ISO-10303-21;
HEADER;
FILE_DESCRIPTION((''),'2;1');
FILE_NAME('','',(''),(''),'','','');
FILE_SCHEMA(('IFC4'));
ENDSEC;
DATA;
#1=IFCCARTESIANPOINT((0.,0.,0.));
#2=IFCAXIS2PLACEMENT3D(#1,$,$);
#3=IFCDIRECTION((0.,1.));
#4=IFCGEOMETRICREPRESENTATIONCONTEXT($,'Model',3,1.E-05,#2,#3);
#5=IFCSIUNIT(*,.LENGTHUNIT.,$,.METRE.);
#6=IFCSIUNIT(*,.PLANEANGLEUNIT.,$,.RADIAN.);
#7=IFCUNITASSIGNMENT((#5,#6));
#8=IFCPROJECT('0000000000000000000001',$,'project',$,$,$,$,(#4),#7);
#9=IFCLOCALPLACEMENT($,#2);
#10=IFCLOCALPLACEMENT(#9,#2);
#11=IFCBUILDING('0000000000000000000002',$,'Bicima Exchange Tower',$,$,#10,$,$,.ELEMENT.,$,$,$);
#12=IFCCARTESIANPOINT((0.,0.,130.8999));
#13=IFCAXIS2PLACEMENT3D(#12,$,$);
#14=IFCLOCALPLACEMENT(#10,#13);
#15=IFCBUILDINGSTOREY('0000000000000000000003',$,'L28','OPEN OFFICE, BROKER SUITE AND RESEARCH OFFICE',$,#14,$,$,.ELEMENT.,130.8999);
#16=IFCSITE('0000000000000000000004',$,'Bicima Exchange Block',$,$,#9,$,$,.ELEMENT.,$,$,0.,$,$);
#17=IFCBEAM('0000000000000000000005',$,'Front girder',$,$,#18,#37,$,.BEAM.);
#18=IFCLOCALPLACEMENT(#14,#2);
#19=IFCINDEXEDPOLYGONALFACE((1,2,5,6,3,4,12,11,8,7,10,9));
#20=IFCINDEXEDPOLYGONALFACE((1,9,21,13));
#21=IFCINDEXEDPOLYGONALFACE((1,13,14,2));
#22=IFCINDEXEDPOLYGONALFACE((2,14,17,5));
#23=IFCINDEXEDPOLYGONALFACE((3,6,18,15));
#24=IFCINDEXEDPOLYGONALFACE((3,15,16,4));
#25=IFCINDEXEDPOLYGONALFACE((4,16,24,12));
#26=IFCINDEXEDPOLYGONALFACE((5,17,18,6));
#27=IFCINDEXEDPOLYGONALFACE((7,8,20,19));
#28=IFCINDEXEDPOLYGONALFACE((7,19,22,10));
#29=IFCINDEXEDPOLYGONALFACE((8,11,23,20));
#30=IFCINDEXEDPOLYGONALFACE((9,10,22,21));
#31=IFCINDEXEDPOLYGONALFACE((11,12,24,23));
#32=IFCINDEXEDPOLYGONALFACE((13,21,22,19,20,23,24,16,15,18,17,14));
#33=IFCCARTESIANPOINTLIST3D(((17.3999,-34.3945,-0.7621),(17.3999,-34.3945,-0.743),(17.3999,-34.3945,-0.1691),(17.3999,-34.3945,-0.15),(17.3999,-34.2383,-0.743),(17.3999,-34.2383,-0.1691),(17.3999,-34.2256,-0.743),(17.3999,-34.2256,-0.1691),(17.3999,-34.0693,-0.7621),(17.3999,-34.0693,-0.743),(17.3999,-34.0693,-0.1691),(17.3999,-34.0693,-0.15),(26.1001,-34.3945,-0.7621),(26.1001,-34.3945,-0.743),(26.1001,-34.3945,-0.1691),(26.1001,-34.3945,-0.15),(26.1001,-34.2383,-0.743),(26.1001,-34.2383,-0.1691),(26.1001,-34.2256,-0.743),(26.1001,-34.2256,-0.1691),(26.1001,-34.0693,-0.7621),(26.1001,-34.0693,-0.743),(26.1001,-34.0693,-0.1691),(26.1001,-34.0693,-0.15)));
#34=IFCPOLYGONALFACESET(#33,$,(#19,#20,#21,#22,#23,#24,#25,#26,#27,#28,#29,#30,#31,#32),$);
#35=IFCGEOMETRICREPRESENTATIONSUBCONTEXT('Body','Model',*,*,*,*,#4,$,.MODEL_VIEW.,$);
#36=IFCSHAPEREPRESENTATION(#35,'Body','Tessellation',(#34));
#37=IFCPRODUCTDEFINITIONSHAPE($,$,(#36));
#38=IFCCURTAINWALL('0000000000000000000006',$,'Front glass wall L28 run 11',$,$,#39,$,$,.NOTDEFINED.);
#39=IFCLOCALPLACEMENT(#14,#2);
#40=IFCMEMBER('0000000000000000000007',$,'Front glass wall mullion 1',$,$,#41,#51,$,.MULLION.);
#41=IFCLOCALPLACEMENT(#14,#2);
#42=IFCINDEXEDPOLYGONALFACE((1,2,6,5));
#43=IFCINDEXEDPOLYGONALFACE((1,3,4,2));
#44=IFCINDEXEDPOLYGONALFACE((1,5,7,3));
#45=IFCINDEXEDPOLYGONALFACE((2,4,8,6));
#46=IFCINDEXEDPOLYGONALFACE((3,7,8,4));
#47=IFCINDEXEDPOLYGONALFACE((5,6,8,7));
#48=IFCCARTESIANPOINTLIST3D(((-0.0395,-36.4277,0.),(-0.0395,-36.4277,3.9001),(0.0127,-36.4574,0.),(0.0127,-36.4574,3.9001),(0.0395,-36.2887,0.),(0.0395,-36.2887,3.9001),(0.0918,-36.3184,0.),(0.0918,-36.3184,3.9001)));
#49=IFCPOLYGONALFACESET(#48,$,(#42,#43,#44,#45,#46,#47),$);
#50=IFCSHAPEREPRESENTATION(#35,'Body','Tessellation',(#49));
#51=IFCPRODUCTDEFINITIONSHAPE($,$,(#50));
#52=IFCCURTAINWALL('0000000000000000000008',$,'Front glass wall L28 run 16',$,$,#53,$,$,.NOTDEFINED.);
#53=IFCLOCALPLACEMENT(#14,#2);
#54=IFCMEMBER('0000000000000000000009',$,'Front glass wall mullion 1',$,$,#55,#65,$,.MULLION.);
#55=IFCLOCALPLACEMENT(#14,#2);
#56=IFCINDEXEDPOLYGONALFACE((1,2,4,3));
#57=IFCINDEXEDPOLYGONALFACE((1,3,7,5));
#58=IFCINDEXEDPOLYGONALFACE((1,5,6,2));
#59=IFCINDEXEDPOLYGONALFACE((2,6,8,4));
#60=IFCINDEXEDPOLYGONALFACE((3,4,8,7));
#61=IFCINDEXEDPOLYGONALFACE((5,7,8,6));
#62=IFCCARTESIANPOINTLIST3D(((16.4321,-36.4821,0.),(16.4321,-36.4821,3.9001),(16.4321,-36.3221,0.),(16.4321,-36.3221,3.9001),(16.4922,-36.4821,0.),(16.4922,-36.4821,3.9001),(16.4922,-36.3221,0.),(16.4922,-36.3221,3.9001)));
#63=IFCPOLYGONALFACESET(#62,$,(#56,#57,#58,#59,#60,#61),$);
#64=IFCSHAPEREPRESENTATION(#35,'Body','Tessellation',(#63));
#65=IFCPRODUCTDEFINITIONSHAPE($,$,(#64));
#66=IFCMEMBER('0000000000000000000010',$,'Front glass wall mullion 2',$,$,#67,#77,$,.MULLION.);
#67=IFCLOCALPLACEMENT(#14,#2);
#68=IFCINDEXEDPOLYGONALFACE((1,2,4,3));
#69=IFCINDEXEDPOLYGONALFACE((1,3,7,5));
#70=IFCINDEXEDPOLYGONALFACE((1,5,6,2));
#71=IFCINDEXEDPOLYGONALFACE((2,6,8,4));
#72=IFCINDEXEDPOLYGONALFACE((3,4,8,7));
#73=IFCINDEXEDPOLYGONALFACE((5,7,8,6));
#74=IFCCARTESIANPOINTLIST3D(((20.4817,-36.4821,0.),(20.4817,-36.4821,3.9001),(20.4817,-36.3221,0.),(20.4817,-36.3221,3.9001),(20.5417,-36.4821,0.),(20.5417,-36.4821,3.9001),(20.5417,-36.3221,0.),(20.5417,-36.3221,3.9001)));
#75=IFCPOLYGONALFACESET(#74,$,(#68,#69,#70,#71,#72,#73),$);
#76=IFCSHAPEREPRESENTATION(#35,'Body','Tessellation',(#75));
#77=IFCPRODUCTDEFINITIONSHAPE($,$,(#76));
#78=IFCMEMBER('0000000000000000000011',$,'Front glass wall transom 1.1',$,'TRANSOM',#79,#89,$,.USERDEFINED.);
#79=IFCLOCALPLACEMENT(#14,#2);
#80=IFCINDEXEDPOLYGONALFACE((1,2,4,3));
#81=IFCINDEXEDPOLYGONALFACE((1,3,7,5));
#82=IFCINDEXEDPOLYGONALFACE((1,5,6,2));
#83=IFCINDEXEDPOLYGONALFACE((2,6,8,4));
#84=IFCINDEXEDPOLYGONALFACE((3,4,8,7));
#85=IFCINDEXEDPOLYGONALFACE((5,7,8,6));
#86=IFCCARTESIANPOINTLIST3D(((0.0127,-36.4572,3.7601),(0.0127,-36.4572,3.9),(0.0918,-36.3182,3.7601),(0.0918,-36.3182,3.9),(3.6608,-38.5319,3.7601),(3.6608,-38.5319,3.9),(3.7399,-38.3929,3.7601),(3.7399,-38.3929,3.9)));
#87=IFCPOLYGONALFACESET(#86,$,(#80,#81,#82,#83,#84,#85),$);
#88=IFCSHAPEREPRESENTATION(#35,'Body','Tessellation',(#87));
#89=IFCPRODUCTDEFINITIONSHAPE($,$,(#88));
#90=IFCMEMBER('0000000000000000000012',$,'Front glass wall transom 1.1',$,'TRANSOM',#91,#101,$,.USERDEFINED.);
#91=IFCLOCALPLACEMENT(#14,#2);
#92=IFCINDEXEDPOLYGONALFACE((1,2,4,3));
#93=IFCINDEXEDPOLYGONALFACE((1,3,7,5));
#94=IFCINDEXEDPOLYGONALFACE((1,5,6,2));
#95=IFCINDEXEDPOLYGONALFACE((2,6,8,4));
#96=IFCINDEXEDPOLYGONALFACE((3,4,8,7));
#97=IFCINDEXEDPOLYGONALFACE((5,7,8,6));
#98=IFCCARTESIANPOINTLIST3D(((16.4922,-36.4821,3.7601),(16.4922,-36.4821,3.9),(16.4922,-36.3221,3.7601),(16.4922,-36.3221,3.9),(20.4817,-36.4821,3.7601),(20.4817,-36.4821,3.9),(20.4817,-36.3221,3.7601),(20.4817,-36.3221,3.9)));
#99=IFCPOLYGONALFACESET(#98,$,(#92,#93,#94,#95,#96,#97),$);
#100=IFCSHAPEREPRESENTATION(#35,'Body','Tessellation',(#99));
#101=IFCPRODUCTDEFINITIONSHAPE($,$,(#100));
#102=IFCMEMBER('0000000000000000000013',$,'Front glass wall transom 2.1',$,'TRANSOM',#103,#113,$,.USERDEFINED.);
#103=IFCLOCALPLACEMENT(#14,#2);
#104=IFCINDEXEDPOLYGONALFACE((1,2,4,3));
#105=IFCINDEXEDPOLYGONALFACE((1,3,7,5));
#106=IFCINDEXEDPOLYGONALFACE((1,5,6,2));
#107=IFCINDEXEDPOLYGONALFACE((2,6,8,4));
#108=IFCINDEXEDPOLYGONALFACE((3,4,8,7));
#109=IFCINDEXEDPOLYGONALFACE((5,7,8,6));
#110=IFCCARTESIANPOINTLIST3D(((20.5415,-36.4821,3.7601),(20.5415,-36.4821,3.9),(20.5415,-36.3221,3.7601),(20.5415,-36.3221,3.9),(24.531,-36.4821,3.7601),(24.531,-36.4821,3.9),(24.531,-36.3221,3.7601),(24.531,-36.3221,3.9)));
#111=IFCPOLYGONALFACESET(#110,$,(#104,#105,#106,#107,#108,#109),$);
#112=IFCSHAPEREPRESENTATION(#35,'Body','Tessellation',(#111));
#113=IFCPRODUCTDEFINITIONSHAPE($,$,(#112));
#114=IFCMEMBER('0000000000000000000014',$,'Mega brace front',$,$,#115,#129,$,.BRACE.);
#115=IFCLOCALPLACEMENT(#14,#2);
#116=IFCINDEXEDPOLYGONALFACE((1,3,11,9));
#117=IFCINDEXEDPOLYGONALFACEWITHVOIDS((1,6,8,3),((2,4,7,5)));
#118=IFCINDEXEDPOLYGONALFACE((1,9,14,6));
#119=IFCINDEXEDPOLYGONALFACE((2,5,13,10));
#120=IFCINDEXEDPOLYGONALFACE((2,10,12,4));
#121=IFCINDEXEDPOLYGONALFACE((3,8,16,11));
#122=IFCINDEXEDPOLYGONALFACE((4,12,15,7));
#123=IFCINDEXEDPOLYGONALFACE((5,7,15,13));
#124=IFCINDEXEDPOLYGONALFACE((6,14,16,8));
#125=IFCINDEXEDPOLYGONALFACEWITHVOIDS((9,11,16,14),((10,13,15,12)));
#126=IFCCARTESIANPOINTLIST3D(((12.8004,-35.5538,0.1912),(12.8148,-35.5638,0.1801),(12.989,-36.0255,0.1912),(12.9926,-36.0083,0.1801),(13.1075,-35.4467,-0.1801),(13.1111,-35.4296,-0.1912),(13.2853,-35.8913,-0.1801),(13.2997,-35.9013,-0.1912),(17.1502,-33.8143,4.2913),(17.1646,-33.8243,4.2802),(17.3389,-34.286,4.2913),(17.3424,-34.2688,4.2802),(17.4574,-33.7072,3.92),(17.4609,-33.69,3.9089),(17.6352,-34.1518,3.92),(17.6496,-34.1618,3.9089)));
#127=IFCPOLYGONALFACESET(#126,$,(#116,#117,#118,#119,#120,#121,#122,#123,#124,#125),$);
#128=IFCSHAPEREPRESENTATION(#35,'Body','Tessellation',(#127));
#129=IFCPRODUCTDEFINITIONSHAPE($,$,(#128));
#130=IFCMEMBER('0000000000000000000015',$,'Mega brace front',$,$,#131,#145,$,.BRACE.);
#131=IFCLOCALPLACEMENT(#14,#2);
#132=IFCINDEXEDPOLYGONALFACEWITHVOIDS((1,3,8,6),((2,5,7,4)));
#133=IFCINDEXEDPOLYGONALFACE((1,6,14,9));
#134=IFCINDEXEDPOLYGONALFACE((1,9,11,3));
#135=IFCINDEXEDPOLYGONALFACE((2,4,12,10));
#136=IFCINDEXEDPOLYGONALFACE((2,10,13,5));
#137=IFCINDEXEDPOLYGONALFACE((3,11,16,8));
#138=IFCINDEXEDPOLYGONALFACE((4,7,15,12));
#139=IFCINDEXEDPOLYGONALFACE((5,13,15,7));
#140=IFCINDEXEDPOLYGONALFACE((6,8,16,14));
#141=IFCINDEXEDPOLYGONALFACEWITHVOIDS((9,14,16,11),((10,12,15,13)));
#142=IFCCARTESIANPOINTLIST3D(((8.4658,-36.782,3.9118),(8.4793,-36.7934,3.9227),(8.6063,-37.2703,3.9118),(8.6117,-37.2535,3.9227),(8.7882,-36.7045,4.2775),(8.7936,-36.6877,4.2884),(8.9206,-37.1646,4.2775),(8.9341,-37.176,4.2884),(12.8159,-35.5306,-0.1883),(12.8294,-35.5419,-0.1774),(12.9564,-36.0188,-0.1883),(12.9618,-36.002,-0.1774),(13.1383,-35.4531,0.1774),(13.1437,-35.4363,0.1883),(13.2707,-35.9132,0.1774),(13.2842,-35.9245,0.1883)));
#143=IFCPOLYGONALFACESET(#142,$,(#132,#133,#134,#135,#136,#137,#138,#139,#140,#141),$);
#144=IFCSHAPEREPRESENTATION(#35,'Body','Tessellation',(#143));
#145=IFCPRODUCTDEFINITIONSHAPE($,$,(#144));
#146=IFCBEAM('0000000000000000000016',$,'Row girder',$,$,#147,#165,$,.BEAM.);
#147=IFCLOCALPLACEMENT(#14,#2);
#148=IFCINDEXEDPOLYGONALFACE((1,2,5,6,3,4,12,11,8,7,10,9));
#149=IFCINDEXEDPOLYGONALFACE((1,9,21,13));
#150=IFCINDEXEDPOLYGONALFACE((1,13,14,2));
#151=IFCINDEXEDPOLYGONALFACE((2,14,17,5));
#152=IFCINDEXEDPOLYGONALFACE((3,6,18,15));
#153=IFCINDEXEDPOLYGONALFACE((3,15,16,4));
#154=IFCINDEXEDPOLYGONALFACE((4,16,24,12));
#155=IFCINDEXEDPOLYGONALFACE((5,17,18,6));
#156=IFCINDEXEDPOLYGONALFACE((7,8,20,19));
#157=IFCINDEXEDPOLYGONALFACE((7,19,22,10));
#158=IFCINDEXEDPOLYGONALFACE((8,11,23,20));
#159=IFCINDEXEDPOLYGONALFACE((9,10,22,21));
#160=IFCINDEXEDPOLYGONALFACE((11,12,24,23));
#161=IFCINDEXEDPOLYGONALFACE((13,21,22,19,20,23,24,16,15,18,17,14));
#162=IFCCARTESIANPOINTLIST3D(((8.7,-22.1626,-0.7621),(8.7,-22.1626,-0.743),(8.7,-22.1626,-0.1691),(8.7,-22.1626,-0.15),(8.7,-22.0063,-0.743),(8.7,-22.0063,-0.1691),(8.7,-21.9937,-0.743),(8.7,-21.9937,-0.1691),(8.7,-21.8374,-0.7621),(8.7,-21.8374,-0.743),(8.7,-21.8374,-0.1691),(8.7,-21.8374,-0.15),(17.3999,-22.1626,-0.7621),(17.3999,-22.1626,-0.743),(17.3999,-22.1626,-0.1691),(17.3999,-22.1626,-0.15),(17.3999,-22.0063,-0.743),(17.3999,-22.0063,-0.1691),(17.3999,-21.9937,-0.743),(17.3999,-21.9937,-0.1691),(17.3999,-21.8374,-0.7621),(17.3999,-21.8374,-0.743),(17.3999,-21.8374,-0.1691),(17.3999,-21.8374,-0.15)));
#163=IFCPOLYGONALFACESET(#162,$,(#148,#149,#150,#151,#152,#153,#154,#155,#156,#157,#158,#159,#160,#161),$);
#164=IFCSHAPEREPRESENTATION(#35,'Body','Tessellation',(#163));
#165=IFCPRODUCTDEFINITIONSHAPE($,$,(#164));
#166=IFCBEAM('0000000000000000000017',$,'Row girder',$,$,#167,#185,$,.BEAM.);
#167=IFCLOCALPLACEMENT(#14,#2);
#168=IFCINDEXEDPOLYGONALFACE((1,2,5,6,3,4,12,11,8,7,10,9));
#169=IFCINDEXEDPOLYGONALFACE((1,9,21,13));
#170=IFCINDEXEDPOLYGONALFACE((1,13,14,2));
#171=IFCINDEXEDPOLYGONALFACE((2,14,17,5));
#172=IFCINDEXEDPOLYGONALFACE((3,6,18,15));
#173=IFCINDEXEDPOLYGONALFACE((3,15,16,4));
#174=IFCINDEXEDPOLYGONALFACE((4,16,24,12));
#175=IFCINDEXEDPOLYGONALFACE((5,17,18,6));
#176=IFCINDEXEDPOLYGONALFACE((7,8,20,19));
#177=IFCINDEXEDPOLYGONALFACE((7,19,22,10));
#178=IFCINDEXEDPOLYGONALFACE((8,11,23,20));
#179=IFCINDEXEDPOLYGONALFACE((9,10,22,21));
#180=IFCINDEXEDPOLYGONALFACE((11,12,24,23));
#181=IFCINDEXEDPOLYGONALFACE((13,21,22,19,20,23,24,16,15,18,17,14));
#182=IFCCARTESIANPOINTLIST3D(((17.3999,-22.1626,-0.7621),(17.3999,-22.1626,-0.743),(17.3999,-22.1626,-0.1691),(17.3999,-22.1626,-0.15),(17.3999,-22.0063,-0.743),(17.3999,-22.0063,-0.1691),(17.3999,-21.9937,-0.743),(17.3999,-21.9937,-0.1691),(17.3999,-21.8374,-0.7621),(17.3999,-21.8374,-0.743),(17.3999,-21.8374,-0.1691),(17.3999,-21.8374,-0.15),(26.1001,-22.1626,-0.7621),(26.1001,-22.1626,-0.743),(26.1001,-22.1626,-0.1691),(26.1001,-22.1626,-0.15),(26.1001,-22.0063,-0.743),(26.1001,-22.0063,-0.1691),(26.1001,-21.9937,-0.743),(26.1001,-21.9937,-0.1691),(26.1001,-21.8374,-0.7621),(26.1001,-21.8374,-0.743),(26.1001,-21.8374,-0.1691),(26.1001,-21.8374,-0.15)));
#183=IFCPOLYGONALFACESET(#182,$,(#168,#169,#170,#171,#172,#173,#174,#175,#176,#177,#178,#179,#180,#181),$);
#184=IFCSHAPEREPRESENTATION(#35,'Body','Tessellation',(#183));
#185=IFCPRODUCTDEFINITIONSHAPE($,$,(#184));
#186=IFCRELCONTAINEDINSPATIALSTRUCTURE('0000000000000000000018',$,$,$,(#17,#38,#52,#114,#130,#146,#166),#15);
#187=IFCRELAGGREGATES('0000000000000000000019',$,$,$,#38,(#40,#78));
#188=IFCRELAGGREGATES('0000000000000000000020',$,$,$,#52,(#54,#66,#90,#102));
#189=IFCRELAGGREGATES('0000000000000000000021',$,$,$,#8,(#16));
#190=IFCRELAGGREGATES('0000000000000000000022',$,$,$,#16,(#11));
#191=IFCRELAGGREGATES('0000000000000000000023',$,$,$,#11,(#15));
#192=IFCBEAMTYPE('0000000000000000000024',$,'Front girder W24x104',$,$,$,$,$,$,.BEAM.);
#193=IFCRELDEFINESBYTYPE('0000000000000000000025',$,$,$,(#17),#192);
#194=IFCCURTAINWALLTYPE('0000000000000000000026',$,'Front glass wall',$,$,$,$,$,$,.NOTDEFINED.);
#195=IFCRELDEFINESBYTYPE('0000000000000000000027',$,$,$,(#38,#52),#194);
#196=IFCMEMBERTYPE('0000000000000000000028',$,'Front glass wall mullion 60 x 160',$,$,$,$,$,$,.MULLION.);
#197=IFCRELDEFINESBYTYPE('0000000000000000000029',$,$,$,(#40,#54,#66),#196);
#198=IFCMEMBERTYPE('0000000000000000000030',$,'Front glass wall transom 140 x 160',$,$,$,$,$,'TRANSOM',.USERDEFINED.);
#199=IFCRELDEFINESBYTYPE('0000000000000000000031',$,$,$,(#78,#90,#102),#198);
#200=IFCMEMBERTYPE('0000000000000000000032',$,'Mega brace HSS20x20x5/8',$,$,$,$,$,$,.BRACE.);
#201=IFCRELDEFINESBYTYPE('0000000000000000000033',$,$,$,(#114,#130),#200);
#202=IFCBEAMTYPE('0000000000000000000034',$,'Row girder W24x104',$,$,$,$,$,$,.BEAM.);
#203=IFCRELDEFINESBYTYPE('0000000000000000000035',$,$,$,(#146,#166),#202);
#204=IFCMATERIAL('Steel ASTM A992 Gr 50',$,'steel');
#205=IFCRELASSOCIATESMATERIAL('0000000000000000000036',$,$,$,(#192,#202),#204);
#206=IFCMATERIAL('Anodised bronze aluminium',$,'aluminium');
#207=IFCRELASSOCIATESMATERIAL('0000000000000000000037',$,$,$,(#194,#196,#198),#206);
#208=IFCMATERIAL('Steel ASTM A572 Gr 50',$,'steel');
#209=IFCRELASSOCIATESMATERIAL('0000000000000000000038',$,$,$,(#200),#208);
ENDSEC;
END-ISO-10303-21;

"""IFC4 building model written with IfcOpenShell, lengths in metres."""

from ifc_helpers import new_model, si_unit, direction, frame, origin, origin_2d, place, context, subcontext, project, spatial, rectangle, hollow_rectangle, i_section, extrude, material, material_profile, profile_set, type_object, element, aggregate, save


model = new_model("IFC4")

# Units and contexts
model_context = context("Model", 3, precision=1e-05, world=origin(), true_north=direction((0.0, 1.0)))
body_context = subcontext(model_context, "Body", "Model", "MODEL_VIEW")
ifc_project = project(units=[si_unit("LENGTHUNIT", "METRE"), si_unit("PLANEANGLEUNIT", "RADIAN")], contexts=[model_context])

# Site, building, storey
site_placement = place(None, origin())
site = spatial("IfcSite", under=ifc_project, at=site_placement, Name="Bicima Exchange Block", CompositionType="ELEMENT", RefElevation=0.0)
building_placement = place(site_placement, origin())
building = spatial("IfcBuilding", under=site, at=building_placement, Name="Bicima Exchange Tower", CompositionType="ELEMENT")
storey_placement = place(building_placement, frame((0.0, 0.0, 130.8999)))
storey = spatial("IfcBuildingStorey", under=building, at=storey_placement, Name="L28", Description="OPEN OFFICE, BROKER SUITE AND RESEARCH OFFICE", CompositionType="ELEMENT", Elevation=130.8999)

# Shared definitions
ifc_material_1 = material(Name="Steel ASTM A992 Gr 50", Category="steel")

# Beam
ifc_material_profile_1 = material_profile(ifc_material_1, i_section(OverallWidth=0.3252, OverallDepth=0.6121, WebThickness=0.0127, FlangeThickness=0.019, at=origin_2d()))
ifc_profile_set_1 = profile_set([ifc_material_profile_1], Name="Steel ASTM A992 Gr 50")
beam_type_1 = type_object("IfcBeamType", Name="Front girder W24x104", PredefinedType="BEAM", material=ifc_profile_set_1)
beam_1_placement = place(storey_placement, frame((17.3999, -34.2319, -0.4561), z_axis=(1.0, 0.0, 0.0), x_axis=(0.0, 1.0, 0.0)))
element("IfcBeam", 1, at=beam_1_placement, inside=storey, type_object=beam_type_1, Name="Front girder", PredefinedType="BEAM", context=body_context, shape_type="SweptSolid", body=[
    extrude(i_section(OverallWidth=0.3252, OverallDepth=0.6121, WebThickness=0.0127, FlangeThickness=0.019, at=origin_2d()), origin(), (0.0, 0.0, 1.0), 8.7002),
])

# Curtain wall, member
ifc_material_2 = material(Name="Anodised bronze aluminium", Category="aluminium")
curtain_wall_type = type_object("IfcCurtainWallType", Name="Front glass wall", PredefinedType="NOTDEFINED", material=ifc_material_2)
curtain_wall_1_placement = place(storey_placement, origin())
curtain_wall_1 = element("IfcCurtainWall", 2, at=curtain_wall_1_placement, inside=storey, type_object=curtain_wall_type, Name="Front glass wall L28 run 11", PredefinedType="NOTDEFINED")
ifc_material_profile_2 = material_profile(ifc_material_2, rectangle(XDim=0.1599, YDim=0.0601, at=origin_2d()))
ifc_profile_set_2 = profile_set([ifc_material_profile_2], Name="Anodised bronze aluminium")
member_type_1 = type_object("IfcMemberType", Name="Front glass wall mullion 60 x 160", PredefinedType="MULLION", material=ifc_profile_set_2)
member_1_placement = place(storey_placement, frame((0.0261, -36.373, 0.0), z_axis=(0.0, 0.0, 1.0), x_axis=(0.49433, 0.869274, 0.0)))
member_1 = element("IfcMember", 3, at=member_1_placement, type_object=member_type_1, Name="Front glass wall mullion 1", PredefinedType="MULLION", context=body_context, shape_type="SweptSolid", body=[
    extrude(rectangle(XDim=0.1599, YDim=0.0601, at=origin_2d()), origin(), (0.0, 0.0, 1.0), 3.9001),
])

# Curtain wall, members
curtain_wall_2_placement = place(storey_placement, origin())
curtain_wall_2 = element("IfcCurtainWall", 4, at=curtain_wall_2_placement, inside=storey, type_object=curtain_wall_type, Name="Front glass wall L28 run 16", PredefinedType="NOTDEFINED")
member_2_placement = place(storey_placement, frame((16.4622, -36.4021, 0.0), z_axis=(0.0, 0.0, 1.0), x_axis=(0.0, 1.0, 0.0)))
member_2 = element("IfcMember", 5, at=member_2_placement, type_object=member_type_1, Name="Front glass wall mullion 1", PredefinedType="MULLION", context=body_context, shape_type="SweptSolid", body=[
    extrude(rectangle(XDim=0.1599, YDim=0.0601, at=origin_2d()), origin(), (0.0, 0.0, 1.0), 3.9001),
])
member_3_placement = place(storey_placement, frame((20.5117, -36.4021, 0.0), z_axis=(0.0, 0.0, 1.0), x_axis=(0.0, 1.0, 0.0)))
member_3 = element("IfcMember", 6, at=member_3_placement, type_object=member_type_1, Name="Front glass wall mullion 2", PredefinedType="MULLION", context=body_context, shape_type="SweptSolid", body=[
    extrude(rectangle(XDim=0.1599, YDim=0.0601, at=origin_2d()), origin(), (0.0, 0.0, 1.0), 3.9001),
])

# Members
ifc_material_profile_3 = material_profile(ifc_material_2, rectangle(XDim=0.1599, YDim=0.1399, at=origin_2d()))
ifc_profile_set_3 = profile_set([ifc_material_profile_3], Name="Anodised bronze aluminium")
member_type_2 = type_object("IfcMemberType", Name="Front glass wall transom 140 x 160", ElementType="TRANSOM", PredefinedType="USERDEFINED", material=ifc_profile_set_3)
member_4_placement = place(storey_placement, frame((0.0522, -36.3877, 3.8301), z_axis=(0.869265, -0.494346, 0.0), x_axis=(0.494346, 0.869265, 0.0)))
member_4 = element("IfcMember", 7, at=member_4_placement, type_object=member_type_2, Name="Front glass wall transom 1.1", ObjectType="TRANSOM", PredefinedType="USERDEFINED", context=body_context, shape_type="SweptSolid", body=[
    extrude(rectangle(XDim=0.1599, YDim=0.1399, at=origin_2d()), origin(), (0.0, 0.0, 1.0), 4.1968),
])
aggregate(curtain_wall_1, [member_1, member_4])
member_5_placement = place(storey_placement, frame((16.4922, -36.4021, 3.8301), z_axis=(1.0, 0.0, 0.0), x_axis=(0.0, 1.0, 0.0)))
member_5 = element("IfcMember", 8, at=member_5_placement, type_object=member_type_2, Name="Front glass wall transom 1.1", ObjectType="TRANSOM", PredefinedType="USERDEFINED", context=body_context, shape_type="SweptSolid", body=[
    extrude(rectangle(XDim=0.1599, YDim=0.1399, at=origin_2d()), origin(), (0.0, 0.0, 1.0), 3.9895),
])
member_6_placement = place(storey_placement, frame((20.5415, -36.4021, 3.8301), z_axis=(1.0, 0.0, 0.0), x_axis=(0.0, 1.0, 0.0)))
member_6 = element("IfcMember", 9, at=member_6_placement, type_object=member_type_2, Name="Front glass wall transom 2.1", ObjectType="TRANSOM", PredefinedType="USERDEFINED", context=body_context, shape_type="SweptSolid", body=[
    extrude(rectangle(XDim=0.1599, YDim=0.1399, at=origin_2d()), origin(), (0.0, 0.0, 1.0), 3.9895),
])

# Members
ifc_material_3 = material(Name="Steel ASTM A572 Gr 50", Category="steel")
ifc_material_profile_4 = material_profile(ifc_material_3, hollow_rectangle(XDim=0.5081, YDim=0.5081, WallThickness=0.0146, at=origin_2d()))
ifc_profile_set_4 = profile_set([ifc_material_profile_4], Name="Steel ASTM A572 Gr 50")
member_type_3 = type_object("IfcMemberType", Name="Mega brace HSS20x20x5/8", PredefinedType="BRACE", material=ifc_profile_set_4)
member_7_placement = place(storey_placement, frame((13.05, -35.7275, 0.0), z_axis=(0.698706, 0.279412, 0.658588), x_axis=(-0.37131, 0.928509, 0.0)))
element("IfcMember", 10, at=member_7_placement, inside=storey, type_object=member_type_3, Name="Mega brace front", PredefinedType="BRACE", context=body_context, shape_type="SweptSolid", body=[
    extrude(hollow_rectangle(XDim=0.5081, YDim=0.5081, WallThickness=0.0146, at=origin_2d()), origin(), (0.0, 0.0, 1.0), 6.2256),
])
member_8_placement = place(storey_placement, frame((13.05, -35.7275, 0.0), z_axis=(-0.712267, -0.20491, 0.671333), x_axis=(0.276473, -0.961022, 0.0)))
element("IfcMember", 11, at=member_8_placement, inside=storey, type_object=member_type_3, Name="Mega brace front", PredefinedType="BRACE", context=body_context, shape_type="SweptSolid", body=[
    extrude(hollow_rectangle(XDim=0.5081, YDim=0.5081, WallThickness=0.0146, at=origin_2d()), origin(), (0.0, 0.0, 1.0), 6.1074),
])

# Beams
beam_type_2 = type_object("IfcBeamType", Name="Row girder W24x104", PredefinedType="BEAM", material=ifc_profile_set_1)
beam_2_placement = place(storey_placement, frame((8.7, -22.0, -0.4561), z_axis=(1.0, 0.0, 0.0), x_axis=(0.0, 1.0, 0.0)))
element("IfcBeam", 12, at=beam_2_placement, inside=storey, type_object=beam_type_2, Name="Row girder", PredefinedType="BEAM", context=body_context, shape_type="SweptSolid", body=[
    extrude(i_section(OverallWidth=0.3252, OverallDepth=0.6121, WebThickness=0.0127, FlangeThickness=0.019, at=origin_2d()), origin(), (0.0, 0.0, 1.0), 8.7),
])
beam_3_placement = place(storey_placement, frame((17.3999, -22.0, -0.4561), z_axis=(1.0, 0.0, 0.0), x_axis=(0.0, 1.0, 0.0)))
element("IfcBeam", 13, at=beam_3_placement, inside=storey, type_object=beam_type_2, Name="Row girder", PredefinedType="BEAM", context=body_context, shape_type="SweptSolid", body=[
    extrude(i_section(OverallWidth=0.3252, OverallDepth=0.6121, WebThickness=0.0127, FlangeThickness=0.019, at=origin_2d()), origin(), (0.0, 0.0, 1.0), 8.7002),
])

aggregate(curtain_wall_2, [member_2, member_3, member_5, member_6])

save(model, "model.ifc")
